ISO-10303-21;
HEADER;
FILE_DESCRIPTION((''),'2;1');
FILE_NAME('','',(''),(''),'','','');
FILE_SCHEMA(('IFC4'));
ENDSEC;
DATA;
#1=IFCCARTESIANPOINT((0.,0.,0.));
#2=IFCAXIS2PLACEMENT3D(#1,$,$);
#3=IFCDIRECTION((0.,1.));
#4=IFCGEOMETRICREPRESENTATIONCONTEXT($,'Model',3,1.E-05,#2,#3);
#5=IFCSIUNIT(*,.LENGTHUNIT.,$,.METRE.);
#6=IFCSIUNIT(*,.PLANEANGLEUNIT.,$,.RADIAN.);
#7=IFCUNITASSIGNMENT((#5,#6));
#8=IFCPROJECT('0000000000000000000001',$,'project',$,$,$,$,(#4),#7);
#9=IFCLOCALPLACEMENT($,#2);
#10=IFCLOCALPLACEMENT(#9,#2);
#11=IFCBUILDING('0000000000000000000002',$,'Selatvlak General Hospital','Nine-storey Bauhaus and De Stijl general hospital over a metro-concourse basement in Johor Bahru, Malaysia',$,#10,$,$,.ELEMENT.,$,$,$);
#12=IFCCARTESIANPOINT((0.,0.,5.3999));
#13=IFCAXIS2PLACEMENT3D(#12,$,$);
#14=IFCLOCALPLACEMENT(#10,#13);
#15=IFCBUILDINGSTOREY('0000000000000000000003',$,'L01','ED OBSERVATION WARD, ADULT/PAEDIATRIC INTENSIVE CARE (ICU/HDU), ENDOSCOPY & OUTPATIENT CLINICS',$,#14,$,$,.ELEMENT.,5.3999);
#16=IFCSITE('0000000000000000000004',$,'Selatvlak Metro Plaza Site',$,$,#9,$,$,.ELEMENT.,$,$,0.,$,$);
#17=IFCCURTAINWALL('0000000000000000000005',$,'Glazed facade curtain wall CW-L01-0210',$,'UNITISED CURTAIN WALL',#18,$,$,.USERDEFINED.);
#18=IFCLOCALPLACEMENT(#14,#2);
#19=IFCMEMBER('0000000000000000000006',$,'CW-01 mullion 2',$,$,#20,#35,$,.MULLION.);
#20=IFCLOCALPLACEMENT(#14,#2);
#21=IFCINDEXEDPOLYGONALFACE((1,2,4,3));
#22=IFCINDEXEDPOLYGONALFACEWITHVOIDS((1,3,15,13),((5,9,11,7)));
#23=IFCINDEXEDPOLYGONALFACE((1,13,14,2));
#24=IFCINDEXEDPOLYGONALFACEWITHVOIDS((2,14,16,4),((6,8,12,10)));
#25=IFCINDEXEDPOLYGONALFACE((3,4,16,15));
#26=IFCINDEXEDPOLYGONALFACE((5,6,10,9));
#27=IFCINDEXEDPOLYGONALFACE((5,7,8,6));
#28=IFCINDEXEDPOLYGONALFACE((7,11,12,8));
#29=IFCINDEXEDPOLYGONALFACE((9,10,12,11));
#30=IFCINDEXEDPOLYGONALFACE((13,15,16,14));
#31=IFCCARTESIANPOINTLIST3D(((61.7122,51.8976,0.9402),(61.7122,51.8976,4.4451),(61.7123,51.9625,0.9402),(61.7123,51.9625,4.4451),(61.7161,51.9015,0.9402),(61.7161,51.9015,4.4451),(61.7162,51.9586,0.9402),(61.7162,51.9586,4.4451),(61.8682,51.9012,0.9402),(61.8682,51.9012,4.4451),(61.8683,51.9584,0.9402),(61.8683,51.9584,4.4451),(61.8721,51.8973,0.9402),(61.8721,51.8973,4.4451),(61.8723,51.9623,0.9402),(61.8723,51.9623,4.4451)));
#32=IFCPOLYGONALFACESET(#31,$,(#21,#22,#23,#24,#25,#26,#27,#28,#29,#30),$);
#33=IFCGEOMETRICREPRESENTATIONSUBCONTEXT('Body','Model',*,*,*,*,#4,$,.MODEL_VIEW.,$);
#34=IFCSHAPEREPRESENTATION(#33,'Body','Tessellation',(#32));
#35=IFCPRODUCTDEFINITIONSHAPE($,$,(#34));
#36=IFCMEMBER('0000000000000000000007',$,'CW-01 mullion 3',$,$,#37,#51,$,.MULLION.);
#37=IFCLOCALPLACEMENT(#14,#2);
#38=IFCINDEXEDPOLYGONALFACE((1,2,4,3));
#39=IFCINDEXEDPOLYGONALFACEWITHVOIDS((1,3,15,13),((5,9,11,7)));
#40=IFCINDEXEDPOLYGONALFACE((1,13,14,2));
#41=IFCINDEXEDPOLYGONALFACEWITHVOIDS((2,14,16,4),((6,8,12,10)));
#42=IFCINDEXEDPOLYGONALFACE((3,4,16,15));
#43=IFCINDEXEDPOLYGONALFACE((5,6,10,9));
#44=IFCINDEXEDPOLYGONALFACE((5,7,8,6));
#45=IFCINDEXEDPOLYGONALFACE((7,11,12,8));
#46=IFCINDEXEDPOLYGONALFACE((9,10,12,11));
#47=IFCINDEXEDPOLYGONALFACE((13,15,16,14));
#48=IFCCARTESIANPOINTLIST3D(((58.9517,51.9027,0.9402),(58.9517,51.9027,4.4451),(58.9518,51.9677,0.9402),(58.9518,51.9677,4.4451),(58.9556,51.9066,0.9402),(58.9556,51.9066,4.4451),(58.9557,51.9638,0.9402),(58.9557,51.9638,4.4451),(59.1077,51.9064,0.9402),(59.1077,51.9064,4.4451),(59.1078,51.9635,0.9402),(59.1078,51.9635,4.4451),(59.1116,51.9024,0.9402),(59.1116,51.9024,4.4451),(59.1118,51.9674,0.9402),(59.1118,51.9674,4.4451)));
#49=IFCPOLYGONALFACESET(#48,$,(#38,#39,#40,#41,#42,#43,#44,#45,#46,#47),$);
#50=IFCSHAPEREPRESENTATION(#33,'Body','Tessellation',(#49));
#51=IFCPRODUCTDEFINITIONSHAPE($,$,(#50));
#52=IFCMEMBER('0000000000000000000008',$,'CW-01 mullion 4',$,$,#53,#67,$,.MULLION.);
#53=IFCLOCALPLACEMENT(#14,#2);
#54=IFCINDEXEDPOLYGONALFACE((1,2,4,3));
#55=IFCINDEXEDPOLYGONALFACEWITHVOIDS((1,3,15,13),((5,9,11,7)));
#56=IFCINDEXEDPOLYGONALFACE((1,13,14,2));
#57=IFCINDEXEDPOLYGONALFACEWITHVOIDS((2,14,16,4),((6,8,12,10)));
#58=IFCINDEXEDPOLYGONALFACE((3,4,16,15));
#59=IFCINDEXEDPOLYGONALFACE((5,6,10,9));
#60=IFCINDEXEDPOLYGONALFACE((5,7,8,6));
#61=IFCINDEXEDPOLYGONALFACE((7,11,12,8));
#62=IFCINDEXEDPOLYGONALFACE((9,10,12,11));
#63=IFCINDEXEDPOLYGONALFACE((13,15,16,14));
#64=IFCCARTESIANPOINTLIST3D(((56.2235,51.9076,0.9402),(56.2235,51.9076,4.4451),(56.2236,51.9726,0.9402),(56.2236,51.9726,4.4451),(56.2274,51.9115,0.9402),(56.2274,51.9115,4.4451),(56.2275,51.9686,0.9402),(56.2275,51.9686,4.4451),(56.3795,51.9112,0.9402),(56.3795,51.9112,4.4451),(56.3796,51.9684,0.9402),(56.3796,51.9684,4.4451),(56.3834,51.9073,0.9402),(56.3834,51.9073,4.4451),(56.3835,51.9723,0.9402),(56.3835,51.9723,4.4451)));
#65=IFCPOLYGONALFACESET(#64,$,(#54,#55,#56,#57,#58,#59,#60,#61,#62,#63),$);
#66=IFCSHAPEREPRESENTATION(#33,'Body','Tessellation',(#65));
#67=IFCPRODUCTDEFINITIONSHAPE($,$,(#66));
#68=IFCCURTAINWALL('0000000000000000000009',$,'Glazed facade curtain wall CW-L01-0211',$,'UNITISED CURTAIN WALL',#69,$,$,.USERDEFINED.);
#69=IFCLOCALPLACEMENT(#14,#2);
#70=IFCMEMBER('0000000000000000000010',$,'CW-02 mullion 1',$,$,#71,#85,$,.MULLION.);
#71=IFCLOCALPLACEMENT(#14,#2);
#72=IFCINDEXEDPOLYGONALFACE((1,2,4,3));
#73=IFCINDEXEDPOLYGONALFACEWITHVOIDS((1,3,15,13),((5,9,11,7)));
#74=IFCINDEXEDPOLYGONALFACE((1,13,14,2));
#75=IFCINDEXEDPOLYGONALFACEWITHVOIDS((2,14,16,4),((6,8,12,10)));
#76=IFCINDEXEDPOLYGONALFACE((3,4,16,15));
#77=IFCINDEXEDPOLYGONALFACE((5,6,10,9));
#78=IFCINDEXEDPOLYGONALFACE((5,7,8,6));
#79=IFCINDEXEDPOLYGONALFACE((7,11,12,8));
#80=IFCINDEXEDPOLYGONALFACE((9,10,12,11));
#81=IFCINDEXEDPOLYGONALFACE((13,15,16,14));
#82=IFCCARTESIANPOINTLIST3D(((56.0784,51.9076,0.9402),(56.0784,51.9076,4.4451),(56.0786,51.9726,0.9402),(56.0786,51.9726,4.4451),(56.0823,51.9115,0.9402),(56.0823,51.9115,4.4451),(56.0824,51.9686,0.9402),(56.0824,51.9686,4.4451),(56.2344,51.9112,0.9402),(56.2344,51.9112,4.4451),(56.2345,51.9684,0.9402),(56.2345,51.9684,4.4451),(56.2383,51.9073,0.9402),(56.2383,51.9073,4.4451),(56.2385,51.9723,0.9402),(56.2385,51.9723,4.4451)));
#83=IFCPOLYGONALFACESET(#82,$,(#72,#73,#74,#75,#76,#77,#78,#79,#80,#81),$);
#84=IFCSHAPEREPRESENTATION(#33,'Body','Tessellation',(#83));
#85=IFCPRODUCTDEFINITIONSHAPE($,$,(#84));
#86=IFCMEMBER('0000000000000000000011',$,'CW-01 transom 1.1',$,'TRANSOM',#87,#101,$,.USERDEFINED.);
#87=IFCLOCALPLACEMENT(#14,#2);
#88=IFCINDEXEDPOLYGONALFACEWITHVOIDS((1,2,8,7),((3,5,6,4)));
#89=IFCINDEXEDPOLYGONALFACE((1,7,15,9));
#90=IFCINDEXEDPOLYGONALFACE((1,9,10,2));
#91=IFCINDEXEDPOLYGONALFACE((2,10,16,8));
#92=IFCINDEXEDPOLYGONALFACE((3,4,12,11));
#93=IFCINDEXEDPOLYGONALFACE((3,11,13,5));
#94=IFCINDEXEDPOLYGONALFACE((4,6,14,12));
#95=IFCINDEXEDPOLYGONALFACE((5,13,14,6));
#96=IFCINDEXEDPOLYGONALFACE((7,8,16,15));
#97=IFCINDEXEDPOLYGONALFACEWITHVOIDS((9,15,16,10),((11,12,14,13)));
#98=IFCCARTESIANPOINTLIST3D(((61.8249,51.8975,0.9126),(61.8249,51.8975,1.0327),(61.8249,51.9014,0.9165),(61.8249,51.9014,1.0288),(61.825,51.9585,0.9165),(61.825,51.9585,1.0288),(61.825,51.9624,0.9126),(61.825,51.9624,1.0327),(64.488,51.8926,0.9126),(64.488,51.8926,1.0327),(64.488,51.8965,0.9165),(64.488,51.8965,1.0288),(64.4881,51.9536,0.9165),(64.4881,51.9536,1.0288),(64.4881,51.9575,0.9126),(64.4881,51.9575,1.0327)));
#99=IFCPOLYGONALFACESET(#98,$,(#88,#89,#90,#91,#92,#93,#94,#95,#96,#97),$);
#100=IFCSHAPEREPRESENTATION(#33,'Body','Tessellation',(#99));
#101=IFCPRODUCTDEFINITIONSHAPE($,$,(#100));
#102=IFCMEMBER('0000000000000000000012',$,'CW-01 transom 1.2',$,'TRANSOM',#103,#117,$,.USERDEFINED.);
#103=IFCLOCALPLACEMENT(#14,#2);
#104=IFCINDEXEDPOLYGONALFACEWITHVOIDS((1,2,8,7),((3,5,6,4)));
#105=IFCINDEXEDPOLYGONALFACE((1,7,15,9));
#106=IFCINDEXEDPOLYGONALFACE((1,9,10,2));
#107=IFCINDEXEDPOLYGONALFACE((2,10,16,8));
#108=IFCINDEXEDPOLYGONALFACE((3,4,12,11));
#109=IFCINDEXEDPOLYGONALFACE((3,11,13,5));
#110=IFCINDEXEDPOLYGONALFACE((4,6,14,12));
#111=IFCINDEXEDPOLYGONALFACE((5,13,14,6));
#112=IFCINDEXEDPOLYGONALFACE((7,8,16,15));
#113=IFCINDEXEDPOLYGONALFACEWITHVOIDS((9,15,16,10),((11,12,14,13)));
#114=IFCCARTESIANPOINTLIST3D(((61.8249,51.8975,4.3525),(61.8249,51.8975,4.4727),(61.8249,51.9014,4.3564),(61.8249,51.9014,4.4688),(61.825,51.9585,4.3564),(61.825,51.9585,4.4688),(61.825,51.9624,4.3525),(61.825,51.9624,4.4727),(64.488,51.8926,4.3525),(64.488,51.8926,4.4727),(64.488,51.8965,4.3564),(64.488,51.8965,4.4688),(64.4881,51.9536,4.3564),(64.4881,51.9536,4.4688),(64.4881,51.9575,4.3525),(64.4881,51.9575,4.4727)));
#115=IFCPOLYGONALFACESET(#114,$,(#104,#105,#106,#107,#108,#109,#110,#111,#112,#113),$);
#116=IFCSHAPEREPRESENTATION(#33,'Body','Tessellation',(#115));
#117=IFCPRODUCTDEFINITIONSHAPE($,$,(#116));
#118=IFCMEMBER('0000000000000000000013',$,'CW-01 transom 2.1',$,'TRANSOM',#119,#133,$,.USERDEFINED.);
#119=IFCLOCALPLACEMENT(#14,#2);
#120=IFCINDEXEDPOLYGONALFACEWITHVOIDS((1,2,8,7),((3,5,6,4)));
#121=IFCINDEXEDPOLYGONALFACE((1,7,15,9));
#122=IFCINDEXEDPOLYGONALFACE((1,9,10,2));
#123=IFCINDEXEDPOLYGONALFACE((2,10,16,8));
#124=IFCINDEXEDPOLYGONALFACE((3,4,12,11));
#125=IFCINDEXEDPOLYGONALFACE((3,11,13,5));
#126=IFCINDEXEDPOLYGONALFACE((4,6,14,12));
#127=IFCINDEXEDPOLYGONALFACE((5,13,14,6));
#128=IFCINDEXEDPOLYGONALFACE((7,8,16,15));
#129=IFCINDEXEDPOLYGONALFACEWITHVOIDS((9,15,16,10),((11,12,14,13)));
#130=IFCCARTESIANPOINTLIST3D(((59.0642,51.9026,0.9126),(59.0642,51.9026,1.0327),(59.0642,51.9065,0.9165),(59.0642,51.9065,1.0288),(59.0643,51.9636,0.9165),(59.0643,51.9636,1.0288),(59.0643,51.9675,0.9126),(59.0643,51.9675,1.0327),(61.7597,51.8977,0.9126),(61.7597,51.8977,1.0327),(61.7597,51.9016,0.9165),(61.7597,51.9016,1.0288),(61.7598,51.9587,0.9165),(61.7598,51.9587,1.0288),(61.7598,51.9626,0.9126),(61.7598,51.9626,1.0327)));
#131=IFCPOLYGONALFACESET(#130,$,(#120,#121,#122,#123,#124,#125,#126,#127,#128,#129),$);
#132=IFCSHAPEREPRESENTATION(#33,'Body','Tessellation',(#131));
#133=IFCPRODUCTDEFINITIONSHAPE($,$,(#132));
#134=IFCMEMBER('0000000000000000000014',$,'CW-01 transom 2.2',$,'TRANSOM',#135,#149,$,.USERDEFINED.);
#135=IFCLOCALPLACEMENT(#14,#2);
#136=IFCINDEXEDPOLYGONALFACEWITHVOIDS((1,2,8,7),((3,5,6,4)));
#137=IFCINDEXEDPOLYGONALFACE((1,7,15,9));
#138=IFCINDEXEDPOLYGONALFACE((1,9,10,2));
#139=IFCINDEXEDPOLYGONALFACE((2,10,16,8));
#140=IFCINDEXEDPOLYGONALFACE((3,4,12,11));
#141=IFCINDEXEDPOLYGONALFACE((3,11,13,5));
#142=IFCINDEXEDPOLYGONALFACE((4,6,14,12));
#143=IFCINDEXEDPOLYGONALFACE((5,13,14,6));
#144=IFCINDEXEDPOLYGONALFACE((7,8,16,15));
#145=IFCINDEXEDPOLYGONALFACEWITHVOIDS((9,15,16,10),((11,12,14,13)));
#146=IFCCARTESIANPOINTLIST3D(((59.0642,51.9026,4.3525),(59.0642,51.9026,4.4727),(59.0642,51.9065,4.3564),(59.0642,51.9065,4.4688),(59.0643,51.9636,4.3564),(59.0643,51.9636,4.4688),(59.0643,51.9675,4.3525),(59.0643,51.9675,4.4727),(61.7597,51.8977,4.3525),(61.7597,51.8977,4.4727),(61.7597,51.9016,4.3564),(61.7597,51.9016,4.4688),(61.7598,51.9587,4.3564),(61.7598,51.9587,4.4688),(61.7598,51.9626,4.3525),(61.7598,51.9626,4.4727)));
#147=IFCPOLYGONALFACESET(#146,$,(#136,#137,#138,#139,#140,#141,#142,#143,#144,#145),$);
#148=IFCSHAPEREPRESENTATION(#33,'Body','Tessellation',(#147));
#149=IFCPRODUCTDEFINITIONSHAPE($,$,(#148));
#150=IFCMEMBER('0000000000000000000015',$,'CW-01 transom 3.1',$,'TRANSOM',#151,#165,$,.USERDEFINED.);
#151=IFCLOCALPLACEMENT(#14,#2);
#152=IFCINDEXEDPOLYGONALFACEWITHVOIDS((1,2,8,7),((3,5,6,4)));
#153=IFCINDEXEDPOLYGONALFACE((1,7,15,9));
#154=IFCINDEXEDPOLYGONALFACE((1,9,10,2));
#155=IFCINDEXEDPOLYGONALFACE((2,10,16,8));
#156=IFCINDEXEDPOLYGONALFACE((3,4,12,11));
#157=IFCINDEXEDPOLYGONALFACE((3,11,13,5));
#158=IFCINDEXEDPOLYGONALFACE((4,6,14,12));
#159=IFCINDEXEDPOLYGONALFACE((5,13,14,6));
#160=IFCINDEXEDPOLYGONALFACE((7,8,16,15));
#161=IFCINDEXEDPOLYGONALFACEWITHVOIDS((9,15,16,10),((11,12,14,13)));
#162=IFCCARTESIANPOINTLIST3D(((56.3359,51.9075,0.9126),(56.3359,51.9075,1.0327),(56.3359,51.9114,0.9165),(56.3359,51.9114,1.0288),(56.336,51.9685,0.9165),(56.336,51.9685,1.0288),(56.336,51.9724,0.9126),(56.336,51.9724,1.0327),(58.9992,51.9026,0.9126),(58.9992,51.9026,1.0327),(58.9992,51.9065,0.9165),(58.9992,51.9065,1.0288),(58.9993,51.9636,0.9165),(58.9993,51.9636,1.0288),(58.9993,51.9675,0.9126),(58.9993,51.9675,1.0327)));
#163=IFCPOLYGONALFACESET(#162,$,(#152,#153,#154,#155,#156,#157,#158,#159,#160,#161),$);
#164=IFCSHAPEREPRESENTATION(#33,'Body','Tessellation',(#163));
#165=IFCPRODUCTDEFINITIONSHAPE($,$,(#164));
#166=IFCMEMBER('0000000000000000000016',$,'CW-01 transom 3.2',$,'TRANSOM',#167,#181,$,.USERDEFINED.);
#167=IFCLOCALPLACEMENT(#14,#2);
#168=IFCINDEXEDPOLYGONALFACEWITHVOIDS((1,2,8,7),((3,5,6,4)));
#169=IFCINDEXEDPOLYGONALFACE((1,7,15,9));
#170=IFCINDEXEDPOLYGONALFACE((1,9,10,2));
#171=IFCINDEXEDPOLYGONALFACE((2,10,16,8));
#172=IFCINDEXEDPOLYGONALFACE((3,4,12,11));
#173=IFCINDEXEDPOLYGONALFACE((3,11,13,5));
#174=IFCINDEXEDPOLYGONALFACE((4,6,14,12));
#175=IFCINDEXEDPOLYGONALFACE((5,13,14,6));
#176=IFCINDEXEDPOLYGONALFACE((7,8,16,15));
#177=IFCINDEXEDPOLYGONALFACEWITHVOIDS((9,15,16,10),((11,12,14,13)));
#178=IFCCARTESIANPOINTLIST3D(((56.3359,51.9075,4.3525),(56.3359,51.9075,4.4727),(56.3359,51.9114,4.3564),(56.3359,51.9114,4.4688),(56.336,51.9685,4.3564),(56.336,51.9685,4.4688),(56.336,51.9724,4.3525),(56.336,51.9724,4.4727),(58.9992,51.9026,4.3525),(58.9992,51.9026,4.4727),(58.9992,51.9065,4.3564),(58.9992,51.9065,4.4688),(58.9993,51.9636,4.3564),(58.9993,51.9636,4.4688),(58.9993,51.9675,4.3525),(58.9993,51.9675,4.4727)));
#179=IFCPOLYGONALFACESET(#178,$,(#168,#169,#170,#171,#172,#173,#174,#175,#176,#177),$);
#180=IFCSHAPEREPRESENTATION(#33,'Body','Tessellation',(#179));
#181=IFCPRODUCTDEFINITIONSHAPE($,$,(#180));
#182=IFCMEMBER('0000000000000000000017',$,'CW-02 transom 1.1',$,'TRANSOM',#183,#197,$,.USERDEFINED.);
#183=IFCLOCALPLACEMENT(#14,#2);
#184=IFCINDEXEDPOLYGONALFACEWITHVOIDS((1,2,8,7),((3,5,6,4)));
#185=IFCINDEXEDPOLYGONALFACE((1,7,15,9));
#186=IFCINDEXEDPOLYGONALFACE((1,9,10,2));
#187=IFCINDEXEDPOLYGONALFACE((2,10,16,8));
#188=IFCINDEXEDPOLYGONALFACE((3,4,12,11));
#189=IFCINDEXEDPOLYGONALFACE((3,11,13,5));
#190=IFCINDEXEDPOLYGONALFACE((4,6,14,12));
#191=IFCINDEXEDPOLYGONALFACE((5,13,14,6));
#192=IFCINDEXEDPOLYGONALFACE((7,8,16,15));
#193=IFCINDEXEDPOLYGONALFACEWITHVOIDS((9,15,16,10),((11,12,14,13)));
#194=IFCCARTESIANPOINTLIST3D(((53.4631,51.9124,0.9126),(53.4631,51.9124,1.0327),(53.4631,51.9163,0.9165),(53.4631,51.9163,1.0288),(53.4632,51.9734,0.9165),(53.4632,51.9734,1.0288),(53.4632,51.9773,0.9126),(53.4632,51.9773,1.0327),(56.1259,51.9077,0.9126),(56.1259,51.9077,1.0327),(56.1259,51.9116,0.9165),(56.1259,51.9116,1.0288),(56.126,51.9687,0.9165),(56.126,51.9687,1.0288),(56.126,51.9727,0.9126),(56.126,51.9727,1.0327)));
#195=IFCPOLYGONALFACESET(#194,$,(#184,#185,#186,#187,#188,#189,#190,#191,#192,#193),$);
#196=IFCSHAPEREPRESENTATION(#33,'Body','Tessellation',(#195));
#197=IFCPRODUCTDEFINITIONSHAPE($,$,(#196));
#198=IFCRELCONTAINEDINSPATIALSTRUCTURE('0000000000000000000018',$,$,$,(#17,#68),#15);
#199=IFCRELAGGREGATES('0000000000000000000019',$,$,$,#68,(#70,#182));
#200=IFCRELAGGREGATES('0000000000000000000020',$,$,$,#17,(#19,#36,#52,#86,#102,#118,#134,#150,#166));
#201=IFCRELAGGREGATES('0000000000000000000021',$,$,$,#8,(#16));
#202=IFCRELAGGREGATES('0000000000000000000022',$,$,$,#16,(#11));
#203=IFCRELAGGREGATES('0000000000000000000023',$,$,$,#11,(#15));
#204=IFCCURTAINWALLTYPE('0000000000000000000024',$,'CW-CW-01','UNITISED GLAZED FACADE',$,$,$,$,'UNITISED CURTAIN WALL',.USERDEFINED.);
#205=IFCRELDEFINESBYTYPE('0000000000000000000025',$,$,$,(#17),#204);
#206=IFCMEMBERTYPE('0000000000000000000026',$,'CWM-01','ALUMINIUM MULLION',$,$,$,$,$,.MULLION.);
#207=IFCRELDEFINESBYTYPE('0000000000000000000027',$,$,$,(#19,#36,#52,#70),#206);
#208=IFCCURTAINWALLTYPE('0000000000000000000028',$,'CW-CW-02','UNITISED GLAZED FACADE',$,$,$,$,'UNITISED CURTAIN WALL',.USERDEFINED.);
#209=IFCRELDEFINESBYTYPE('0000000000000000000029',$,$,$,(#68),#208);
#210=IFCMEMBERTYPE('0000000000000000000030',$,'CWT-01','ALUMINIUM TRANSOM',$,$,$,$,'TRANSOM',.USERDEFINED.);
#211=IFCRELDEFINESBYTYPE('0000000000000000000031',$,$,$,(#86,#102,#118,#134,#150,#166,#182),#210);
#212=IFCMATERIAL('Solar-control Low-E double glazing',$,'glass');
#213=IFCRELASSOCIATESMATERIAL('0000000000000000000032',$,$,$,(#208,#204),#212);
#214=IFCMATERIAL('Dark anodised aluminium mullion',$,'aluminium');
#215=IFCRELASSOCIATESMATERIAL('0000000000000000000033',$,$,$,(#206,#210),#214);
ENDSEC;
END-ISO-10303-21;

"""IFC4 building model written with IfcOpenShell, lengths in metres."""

from ifc_helpers import new_model, si_unit, direction, frame, origin, origin_2d, place, context, subcontext, project, spatial, hollow_rectangle, extrude, material, material_profile, profile_set, type_object, element, aggregate, save


model = new_model("IFC4")

# Units and contexts
model_context = context("Model", 3, precision=1e-05, world=origin(), true_north=direction((0.0, 1.0)))
body_context = subcontext(model_context, "Body", "Model", "MODEL_VIEW")
ifc_project = project(units=[si_unit("LENGTHUNIT", "METRE"), si_unit("PLANEANGLEUNIT", "RADIAN")], contexts=[model_context])

# Site, building, storey
site_placement = place(None, origin())
site = spatial("IfcSite", under=ifc_project, at=site_placement, Name="Selatvlak Metro Plaza Site", CompositionType="ELEMENT", RefElevation=0.0)
building_placement = place(site_placement, origin())
building = spatial("IfcBuilding", under=site, at=building_placement, Name="Selatvlak General Hospital", Description="Nine-storey Bauhaus and De Stijl general hospital over a metro-concourse basement in Johor Bahru, Malaysia", CompositionType="ELEMENT")
storey_placement = place(building_placement, frame((0.0, 0.0, 5.3999)))
storey = spatial("IfcBuildingStorey", under=building, at=storey_placement, Name="L01", Description="ED OBSERVATION WARD, ADULT/PAEDIATRIC INTENSIVE CARE (ICU/HDU), ENDOSCOPY & OUTPATIENT CLINICS", CompositionType="ELEMENT", Elevation=5.3999)

# Shared definitions
ifc_material_1 = material(Name="Solar-control Low-E double glazing", Category="glass")
curtain_wall_type_1 = type_object("IfcCurtainWallType", Name="CW-CW-02", Description="UNITISED GLAZED FACADE", ElementType="UNITISED CURTAIN WALL", PredefinedType="USERDEFINED", material=ifc_material_1)
ifc_material_2 = material(Name="Dark anodised aluminium mullion", Category="aluminium")
ifc_material_profile_1 = material_profile(ifc_material_2, hollow_rectangle(XDim=0.0649, YDim=0.1599, WallThickness=0.0039, at=origin_2d()), Name="AL-MUL 65x160x4")
ifc_profile_set_1 = profile_set([ifc_material_profile_1], Name="Dark anodised aluminium mullion")
member_type_1 = type_object("IfcMemberType", Name="CWM-01", Description="ALUMINIUM MULLION", PredefinedType="MULLION", material=ifc_profile_set_1)

# Curtain wall, members
curtain_wall_type_2 = type_object("IfcCurtainWallType", Name="CW-CW-01", Description="UNITISED GLAZED FACADE", ElementType="UNITISED CURTAIN WALL", PredefinedType="USERDEFINED", material=ifc_material_1)
curtain_wall_1_placement = place(storey_placement, origin())
curtain_wall_1 = element("IfcCurtainWall", 1, at=curtain_wall_1_placement, inside=storey, type_object=curtain_wall_type_2, Name="Glazed facade curtain wall CW-L01-0210", ObjectType="UNITISED CURTAIN WALL", PredefinedType="USERDEFINED")
member_1_placement = place(storey_placement, frame((61.7922, 51.9299, 0.9402), z_axis=(0.0, 0.0, 1.0), x_axis=(-0.001811, -0.999998, 0.0)))
member_1 = element("IfcMember", 2, at=member_1_placement, type_object=member_type_1, Name="CW-01 mullion 2", PredefinedType="MULLION", context=body_context, shape_type="SweptSolid", body=[
    extrude(hollow_rectangle(XDim=0.0649, YDim=0.1599, WallThickness=0.0039, at=origin_2d()), origin(), (0.0, 0.0, 1.0), 3.5049),
])
member_2_placement = place(storey_placement, frame((59.0317, 51.9351, 0.9402), z_axis=(0.0, 0.0, 1.0), x_axis=(-0.001811, -0.999998, 0.0)))
member_2 = element("IfcMember", 3, at=member_2_placement, type_object=member_type_1, Name="CW-01 mullion 3", PredefinedType="MULLION", context=body_context, shape_type="SweptSolid", body=[
    extrude(hollow_rectangle(XDim=0.0649, YDim=0.1599, WallThickness=0.0039, at=origin_2d()), origin(), (0.0, 0.0, 1.0), 3.5049),
])
member_3_placement = place(storey_placement, frame((56.3035, 51.9399, 0.9402), z_axis=(0.0, 0.0, 1.0), x_axis=(-0.001811, -0.999998, 0.0)))
member_3 = element("IfcMember", 4, at=member_3_placement, type_object=member_type_1, Name="CW-01 mullion 4", PredefinedType="MULLION", context=body_context, shape_type="SweptSolid", body=[
    extrude(hollow_rectangle(XDim=0.0649, YDim=0.1599, WallThickness=0.0039, at=origin_2d()), origin(), (0.0, 0.0, 1.0), 3.5049),
])

# Curtain wall, member
curtain_wall_2_placement = place(storey_placement, origin())
curtain_wall_2 = element("IfcCurtainWall", 5, at=curtain_wall_2_placement, inside=storey, type_object=curtain_wall_type_1, Name="Glazed facade curtain wall CW-L01-0211", ObjectType="UNITISED CURTAIN WALL", PredefinedType="USERDEFINED")
member_4_placement = place(storey_placement, frame((56.1584, 51.9399, 0.9402), z_axis=(0.0, 0.0, 1.0), x_axis=(-0.001811, -0.999998, 0.0)))
member_4 = element("IfcMember", 6, at=member_4_placement, type_object=member_type_1, Name="CW-02 mullion 1", PredefinedType="MULLION", context=body_context, shape_type="SweptSolid", body=[
    extrude(hollow_rectangle(XDim=0.0649, YDim=0.1599, WallThickness=0.0039, at=origin_2d()), origin(), (0.0, 0.0, 1.0), 3.5049),
])

# Members
ifc_material_profile_2 = material_profile(ifc_material_2, hollow_rectangle(XDim=0.0649, YDim=0.1201, WallThickness=0.0039, at=origin_2d()), Name="AL-TRN 65x120x4")
ifc_profile_set_2 = profile_set([ifc_material_profile_2], Name="Dark anodised aluminium mullion")
member_type_2 = type_object("IfcMemberType", Name="CWT-01", Description="ALUMINIUM TRANSOM", ElementType="TRANSOM", PredefinedType="USERDEFINED", material=ifc_profile_set_2)
member_5_placement = place(storey_placement, frame((64.488, 51.925, 0.9727), z_axis=(-0.999998, 0.001834, 0.0), x_axis=(-0.001834, -0.999998, 0.0)))
member_5 = element("IfcMember", 7, at=member_5_placement, type_object=member_type_2, Name="CW-01 transom 1.1", ObjectType="TRANSOM", PredefinedType="USERDEFINED", context=body_context, shape_type="SweptSolid", body=[
    extrude(hollow_rectangle(XDim=0.0649, YDim=0.1201, WallThickness=0.0039, at=origin_2d()), origin(), (0.0, 0.0, 1.0), 2.6631),
])
member_6_placement = place(storey_placement, frame((64.488, 51.925, 4.4126), z_axis=(-0.999998, 0.001834, 0.0), x_axis=(-0.001834, -0.999998, 0.0)))
member_6 = element("IfcMember", 8, at=member_6_placement, type_object=member_type_2, Name="CW-01 transom 1.2", ObjectType="TRANSOM", PredefinedType="USERDEFINED", context=body_context, shape_type="SweptSolid", body=[
    extrude(hollow_rectangle(XDim=0.0649, YDim=0.1201, WallThickness=0.0039, at=origin_2d()), origin(), (0.0, 0.0, 1.0), 2.6631),
])
member_7_placement = place(storey_placement, frame((61.7598, 51.9302, 0.9727), z_axis=(-0.999998, 0.001811, 0.0), x_axis=(-0.001811, -0.999998, 0.0)))
member_7 = element("IfcMember", 9, at=member_7_placement, type_object=member_type_2, Name="CW-01 transom 2.1", ObjectType="TRANSOM", PredefinedType="USERDEFINED", context=body_context, shape_type="SweptSolid", body=[
    extrude(hollow_rectangle(XDim=0.0649, YDim=0.1201, WallThickness=0.0039, at=origin_2d()), origin(), (0.0, 0.0, 1.0), 2.6956),
])
member_8_placement = place(storey_placement, frame((61.7598, 51.9302, 4.4126), z_axis=(-0.999998, 0.001811, 0.0), x_axis=(-0.001811, -0.999998, 0.0)))
member_8 = element("IfcMember", 10, at=member_8_placement, type_object=member_type_2, Name="CW-01 transom 2.2", ObjectType="TRANSOM", PredefinedType="USERDEFINED", context=body_context, shape_type="SweptSolid", body=[
    extrude(hollow_rectangle(XDim=0.0649, YDim=0.1201, WallThickness=0.0039, at=origin_2d()), origin(), (0.0, 0.0, 1.0), 2.6956),
])
member_9_placement = place(storey_placement, frame((58.9993, 51.9351, 0.9727), z_axis=(-0.999998, 0.001833, 0.0), x_axis=(-0.001833, -0.999998, 0.0)))
member_9 = element("IfcMember", 11, at=member_9_placement, type_object=member_type_2, Name="CW-01 transom 3.1", ObjectType="TRANSOM", PredefinedType="USERDEFINED", context=body_context, shape_type="SweptSolid", body=[
    extrude(hollow_rectangle(XDim=0.0649, YDim=0.1201, WallThickness=0.0039, at=origin_2d()), origin(), (0.0, 0.0, 1.0), 2.6633),
])
member_10_placement = place(storey_placement, frame((58.9993, 51.9351, 4.4126), z_axis=(-0.999998, 0.001833, 0.0), x_axis=(-0.001833, -0.999998, 0.0)))
member_10 = element("IfcMember", 12, at=member_10_placement, type_object=member_type_2, Name="CW-01 transom 3.2", ObjectType="TRANSOM", PredefinedType="USERDEFINED", context=body_context, shape_type="SweptSolid", body=[
    extrude(hollow_rectangle(XDim=0.0649, YDim=0.1201, WallThickness=0.0039, at=origin_2d()), origin(), (0.0, 0.0, 1.0), 2.6633),
])
member_11_placement = place(storey_placement, frame((56.126, 51.9402, 0.9727), z_axis=(-0.999998, 0.001742, 0.0), x_axis=(-0.001742, -0.999998, 0.0)))
member_11 = element("IfcMember", 13, at=member_11_placement, type_object=member_type_2, Name="CW-02 transom 1.1", ObjectType="TRANSOM", PredefinedType="USERDEFINED", context=body_context, shape_type="SweptSolid", body=[
    extrude(hollow_rectangle(XDim=0.0649, YDim=0.1201, WallThickness=0.0039, at=origin_2d()), origin(), (0.0, 0.0, 1.0), 2.6628),
])
aggregate(curtain_wall_2, [member_4, member_11])

aggregate(curtain_wall_1, [member_1, member_2, member_3, member_5, member_6, member_7, member_8, member_9, member_10])

save(model, "model.ifc")
